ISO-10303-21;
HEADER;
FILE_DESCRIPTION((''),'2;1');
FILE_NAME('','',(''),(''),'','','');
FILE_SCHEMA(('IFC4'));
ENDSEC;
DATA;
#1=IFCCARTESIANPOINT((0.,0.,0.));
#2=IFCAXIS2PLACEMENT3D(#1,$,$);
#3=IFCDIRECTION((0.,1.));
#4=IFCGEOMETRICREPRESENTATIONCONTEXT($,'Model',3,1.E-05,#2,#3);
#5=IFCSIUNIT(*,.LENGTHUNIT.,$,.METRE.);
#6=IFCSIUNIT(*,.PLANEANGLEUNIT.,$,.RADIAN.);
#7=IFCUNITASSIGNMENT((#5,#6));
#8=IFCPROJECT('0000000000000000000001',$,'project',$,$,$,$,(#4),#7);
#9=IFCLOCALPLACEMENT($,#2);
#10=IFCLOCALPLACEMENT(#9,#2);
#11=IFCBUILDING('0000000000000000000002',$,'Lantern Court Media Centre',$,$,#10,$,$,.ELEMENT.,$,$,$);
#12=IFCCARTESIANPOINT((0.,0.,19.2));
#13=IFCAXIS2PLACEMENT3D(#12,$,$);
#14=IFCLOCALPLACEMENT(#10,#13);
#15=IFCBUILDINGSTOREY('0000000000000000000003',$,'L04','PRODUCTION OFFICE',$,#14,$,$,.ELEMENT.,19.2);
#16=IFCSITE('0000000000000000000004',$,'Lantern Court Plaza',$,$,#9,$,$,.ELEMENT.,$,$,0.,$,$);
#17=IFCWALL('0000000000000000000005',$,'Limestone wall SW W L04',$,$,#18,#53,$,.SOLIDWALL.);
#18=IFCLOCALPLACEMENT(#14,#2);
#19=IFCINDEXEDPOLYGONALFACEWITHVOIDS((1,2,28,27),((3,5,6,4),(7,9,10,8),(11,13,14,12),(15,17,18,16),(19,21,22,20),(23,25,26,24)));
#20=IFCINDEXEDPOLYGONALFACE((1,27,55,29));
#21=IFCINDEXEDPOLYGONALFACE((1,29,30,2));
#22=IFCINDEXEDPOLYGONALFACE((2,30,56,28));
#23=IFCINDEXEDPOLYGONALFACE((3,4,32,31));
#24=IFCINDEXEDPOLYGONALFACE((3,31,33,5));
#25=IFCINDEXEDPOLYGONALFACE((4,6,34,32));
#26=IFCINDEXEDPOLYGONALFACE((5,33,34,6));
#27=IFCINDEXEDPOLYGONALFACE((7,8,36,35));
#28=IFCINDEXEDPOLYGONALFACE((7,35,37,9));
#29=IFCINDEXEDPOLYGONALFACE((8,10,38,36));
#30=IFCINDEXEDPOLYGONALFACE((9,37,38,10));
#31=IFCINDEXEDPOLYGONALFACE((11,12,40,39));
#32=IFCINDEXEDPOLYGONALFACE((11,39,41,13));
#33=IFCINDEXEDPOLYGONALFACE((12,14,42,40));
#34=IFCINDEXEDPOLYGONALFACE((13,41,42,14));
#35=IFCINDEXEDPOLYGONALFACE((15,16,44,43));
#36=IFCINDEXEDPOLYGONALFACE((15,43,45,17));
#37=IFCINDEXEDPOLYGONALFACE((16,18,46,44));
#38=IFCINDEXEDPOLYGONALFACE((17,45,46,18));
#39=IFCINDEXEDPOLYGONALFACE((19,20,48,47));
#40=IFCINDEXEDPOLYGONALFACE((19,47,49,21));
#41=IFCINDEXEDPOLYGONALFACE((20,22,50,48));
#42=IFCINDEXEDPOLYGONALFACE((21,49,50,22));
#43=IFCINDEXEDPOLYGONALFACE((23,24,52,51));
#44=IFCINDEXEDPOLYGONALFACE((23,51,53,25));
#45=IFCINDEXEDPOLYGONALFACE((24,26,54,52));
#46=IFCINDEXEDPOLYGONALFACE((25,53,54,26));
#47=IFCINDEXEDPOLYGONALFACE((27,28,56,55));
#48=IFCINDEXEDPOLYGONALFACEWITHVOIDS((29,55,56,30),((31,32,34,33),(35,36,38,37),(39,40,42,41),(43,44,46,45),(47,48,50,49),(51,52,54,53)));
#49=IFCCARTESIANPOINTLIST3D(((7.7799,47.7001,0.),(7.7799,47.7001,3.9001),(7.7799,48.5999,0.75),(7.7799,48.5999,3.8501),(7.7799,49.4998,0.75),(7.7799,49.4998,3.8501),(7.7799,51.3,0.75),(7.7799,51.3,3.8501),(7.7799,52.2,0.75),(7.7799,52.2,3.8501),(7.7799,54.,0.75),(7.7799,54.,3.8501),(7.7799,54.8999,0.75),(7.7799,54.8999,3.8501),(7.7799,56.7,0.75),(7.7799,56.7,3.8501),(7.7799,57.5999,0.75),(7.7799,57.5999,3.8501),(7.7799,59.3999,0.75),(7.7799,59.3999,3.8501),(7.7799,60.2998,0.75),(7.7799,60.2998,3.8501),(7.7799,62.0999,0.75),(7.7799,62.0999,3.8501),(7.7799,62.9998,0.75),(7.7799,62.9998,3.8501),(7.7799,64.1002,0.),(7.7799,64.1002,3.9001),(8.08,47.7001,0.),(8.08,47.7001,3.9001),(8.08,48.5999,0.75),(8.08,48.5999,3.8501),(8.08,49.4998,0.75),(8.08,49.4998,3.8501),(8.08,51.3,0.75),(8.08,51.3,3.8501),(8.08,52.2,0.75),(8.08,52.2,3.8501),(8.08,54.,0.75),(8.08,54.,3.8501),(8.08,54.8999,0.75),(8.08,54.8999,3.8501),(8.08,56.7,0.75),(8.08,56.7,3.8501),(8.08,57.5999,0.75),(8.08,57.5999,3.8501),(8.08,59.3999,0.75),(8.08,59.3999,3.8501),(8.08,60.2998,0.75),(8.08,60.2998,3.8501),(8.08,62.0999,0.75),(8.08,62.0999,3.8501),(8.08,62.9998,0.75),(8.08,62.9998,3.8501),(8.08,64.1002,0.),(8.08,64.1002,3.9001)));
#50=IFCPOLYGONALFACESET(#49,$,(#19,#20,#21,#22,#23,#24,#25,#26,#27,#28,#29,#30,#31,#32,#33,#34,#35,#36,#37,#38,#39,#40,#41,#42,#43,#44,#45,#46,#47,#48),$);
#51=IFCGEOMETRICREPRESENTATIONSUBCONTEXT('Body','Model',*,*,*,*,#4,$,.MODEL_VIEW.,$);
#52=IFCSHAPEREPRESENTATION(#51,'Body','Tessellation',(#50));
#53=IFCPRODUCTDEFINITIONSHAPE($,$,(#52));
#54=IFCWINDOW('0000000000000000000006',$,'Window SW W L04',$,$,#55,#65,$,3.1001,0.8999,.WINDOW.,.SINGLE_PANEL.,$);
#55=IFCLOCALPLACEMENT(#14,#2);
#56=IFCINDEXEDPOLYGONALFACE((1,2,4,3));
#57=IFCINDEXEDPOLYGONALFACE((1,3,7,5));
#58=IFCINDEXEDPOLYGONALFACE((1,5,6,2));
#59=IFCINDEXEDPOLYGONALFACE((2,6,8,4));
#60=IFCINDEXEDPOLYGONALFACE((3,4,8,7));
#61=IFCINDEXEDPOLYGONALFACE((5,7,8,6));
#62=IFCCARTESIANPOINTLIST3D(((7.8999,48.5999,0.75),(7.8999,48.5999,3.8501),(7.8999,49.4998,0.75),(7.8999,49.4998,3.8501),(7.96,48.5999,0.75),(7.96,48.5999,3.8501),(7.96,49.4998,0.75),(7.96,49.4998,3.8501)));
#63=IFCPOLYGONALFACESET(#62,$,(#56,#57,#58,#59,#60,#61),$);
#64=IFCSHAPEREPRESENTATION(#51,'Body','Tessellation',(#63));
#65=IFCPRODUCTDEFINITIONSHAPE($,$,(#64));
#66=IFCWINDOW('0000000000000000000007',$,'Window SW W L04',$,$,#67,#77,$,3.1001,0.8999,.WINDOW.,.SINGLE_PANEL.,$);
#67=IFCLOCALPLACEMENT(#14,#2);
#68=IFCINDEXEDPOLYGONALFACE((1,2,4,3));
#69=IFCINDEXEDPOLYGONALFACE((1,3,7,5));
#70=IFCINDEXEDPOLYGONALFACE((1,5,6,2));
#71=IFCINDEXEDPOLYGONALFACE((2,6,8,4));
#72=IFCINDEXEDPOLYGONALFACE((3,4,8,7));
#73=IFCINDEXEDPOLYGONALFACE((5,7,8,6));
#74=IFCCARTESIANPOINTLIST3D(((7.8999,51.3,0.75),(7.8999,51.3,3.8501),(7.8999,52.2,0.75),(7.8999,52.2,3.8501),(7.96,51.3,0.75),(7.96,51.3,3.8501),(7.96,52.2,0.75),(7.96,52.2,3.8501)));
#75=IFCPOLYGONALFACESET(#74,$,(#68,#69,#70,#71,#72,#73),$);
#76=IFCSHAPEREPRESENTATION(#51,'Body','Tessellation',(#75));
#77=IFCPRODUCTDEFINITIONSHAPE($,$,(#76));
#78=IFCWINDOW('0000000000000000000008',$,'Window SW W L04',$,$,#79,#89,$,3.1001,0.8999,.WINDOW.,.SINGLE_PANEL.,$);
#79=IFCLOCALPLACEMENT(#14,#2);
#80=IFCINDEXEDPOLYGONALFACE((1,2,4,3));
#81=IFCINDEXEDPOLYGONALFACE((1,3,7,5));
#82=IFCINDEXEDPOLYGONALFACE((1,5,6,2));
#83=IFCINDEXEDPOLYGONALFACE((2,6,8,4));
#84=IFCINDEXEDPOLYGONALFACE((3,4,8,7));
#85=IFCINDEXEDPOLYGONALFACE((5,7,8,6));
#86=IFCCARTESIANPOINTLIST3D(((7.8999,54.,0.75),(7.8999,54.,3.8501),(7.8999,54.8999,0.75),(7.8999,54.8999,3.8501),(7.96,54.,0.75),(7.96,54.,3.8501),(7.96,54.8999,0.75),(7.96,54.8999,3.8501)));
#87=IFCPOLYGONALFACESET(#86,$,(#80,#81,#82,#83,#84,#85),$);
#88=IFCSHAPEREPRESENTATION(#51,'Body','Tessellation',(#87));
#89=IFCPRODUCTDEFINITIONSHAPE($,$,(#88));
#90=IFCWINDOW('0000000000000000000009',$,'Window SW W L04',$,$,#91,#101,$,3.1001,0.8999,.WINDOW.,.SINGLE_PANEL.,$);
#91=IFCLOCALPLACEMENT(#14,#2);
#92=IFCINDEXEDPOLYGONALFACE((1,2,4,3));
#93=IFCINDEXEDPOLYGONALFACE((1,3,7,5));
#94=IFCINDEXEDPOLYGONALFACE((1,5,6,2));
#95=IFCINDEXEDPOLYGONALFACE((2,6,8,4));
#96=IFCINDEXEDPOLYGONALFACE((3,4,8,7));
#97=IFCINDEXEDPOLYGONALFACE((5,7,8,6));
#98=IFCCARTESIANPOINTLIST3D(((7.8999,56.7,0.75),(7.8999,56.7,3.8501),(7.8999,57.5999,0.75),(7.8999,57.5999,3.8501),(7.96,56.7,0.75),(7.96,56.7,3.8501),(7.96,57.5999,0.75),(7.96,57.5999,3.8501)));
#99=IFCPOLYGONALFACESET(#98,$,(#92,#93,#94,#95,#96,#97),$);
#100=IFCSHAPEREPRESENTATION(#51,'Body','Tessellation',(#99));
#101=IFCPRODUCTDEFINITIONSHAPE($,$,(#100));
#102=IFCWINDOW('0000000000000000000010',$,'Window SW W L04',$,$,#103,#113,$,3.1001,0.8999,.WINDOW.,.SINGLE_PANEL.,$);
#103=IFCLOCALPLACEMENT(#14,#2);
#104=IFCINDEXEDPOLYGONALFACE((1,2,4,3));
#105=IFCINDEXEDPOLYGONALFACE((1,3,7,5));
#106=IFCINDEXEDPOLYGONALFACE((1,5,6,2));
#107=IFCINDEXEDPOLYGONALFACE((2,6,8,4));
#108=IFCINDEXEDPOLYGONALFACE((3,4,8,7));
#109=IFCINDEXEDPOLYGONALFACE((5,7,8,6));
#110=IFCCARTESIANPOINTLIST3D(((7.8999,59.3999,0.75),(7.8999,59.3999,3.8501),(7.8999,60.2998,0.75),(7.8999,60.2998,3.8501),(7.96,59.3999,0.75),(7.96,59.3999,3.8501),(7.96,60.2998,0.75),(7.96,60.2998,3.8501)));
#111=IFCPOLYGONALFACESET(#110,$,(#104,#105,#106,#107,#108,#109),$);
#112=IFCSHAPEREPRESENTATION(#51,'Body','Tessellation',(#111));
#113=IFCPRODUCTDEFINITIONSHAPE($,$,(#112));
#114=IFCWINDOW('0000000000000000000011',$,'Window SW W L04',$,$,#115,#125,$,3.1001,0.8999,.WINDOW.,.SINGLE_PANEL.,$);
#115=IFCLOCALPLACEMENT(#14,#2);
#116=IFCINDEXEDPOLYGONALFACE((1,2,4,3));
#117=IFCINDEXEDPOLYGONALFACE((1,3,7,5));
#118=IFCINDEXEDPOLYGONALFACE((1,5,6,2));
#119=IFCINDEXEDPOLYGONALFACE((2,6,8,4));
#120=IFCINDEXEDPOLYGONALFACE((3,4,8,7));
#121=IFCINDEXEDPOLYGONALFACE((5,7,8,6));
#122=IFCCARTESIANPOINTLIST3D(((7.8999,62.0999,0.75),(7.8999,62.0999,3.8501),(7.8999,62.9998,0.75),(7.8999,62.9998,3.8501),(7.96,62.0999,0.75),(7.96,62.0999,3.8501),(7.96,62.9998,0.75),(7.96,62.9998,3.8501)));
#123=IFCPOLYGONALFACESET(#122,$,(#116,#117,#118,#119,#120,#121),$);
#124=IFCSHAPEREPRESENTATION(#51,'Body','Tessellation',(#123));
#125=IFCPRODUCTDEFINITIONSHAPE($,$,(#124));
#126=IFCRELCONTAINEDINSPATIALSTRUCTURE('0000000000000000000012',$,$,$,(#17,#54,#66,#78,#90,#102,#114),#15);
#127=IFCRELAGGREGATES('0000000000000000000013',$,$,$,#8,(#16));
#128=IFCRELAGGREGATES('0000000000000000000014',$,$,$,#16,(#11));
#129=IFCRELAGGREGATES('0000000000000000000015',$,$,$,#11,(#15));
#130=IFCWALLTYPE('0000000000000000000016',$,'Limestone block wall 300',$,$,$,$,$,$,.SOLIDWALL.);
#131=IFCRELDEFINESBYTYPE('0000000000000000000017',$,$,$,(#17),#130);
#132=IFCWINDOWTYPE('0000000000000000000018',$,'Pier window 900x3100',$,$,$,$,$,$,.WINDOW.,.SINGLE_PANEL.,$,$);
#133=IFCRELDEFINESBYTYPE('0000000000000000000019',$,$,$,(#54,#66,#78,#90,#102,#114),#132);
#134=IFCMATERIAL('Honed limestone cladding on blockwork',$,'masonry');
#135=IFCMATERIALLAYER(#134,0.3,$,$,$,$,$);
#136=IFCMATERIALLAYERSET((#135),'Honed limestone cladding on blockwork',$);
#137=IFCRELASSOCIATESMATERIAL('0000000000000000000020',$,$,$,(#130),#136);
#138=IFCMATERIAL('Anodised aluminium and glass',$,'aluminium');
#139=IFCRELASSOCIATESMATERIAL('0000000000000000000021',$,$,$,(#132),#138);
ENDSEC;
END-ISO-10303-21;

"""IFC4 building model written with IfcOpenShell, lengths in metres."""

from ifc_helpers import new_model, si_unit, direction, frame, frame_2d, origin, place, context, subcontext, project, spatial, rectangle, extrude, material, layer, layer_set, type_object, element, fill, save


model = new_model("IFC4")

# Units and contexts
model_context = context("Model", 3, precision=1e-05, world=origin(), true_north=direction((0.0, 1.0)))
body_context = subcontext(model_context, "Body", "Model", "MODEL_VIEW")
ifc_project = project(units=[si_unit("LENGTHUNIT", "METRE"), si_unit("PLANEANGLEUNIT", "RADIAN")], contexts=[model_context])

# Site, building, storey
site_placement = place(None, origin())
site = spatial("IfcSite", under=ifc_project, at=site_placement, Name="Lantern Court Plaza", CompositionType="ELEMENT", RefElevation=0.0)
building_placement = place(site_placement, origin())
building = spatial("IfcBuilding", under=site, at=building_placement, Name="Lantern Court Media Centre", CompositionType="ELEMENT")
storey_placement = place(building_placement, frame((0.0, 0.0, 19.2)))
storey = spatial("IfcBuildingStorey", under=building, at=storey_placement, Name="L04", Description="PRODUCTION OFFICE", CompositionType="ELEMENT", Elevation=19.2)

# Wall, openings, windows
ifc_material_1 = material(Name="Honed limestone cladding on blockwork", Category="masonry")
ifc_layer_1 = layer(ifc_material_1, 0.3)
ifc_layer_set_1 = layer_set([ifc_layer_1], Name="Honed limestone cladding on blockwork")
wall_type_1 = type_object("IfcWallType", Name="Limestone block wall 300", PredefinedType="SOLIDWALL", material=ifc_layer_set_1)
wall_1_placement = place(storey_placement, frame((7.9299, 47.7, 0.0), z_axis=(0.0, 0.0, 1.0), x_axis=(0.0, 1.0, 0.0)))
wall_1 = element("IfcWall", 1, at=wall_1_placement, inside=storey, type_object=wall_type_1, Name="Limestone wall SW W L04", PredefinedType="SOLIDWALL", context=body_context, shape_type="SweptSolid", body=[
    extrude(rectangle(XDim=16.4001, YDim=0.3, at=frame_2d((8.2002, 0.0))), origin(), (0.0, 0.0, 1.0), 3.9001),
])
opening_1_placement = place(wall_1_placement, frame((0.8999, 0.0, 0.75)))
opening_1 = element("IfcOpeningElement", 2, at=opening_1_placement, cuts=wall_1, PredefinedType="OPENING", context=body_context, shape_type="SweptSolid", body=[
    extrude(rectangle(XDim=0.8999, YDim=3.1001, at=frame_2d((0.45, 1.55))), frame((0.0, 0.1599, 0.0), z_axis=(0.0, -1.0, 0.0), x_axis=(1.0, 0.0, 0.0)), (0.0, 0.0, 1.0), 0.3201),
])
opening_2_placement = place(wall_1_placement, frame((3.6001, 0.0, 0.75)))
opening_2 = element("IfcOpeningElement", 3, at=opening_2_placement, cuts=wall_1, PredefinedType="OPENING", context=body_context, shape_type="SweptSolid", body=[
    extrude(rectangle(XDim=0.8999, YDim=3.1001, at=frame_2d((0.45, 1.55))), frame((0.0, 0.1599, 0.0), z_axis=(0.0, -1.0, 0.0), x_axis=(1.0, 0.0, 0.0)), (0.0, 0.0, 1.0), 0.3201),
])
opening_3_placement = place(wall_1_placement, frame((6.3, 0.0, 0.75)))
opening_3 = element("IfcOpeningElement", 4, at=opening_3_placement, cuts=wall_1, PredefinedType="OPENING", context=body_context, shape_type="SweptSolid", body=[
    extrude(rectangle(XDim=0.8999, YDim=3.1001, at=frame_2d((0.45, 1.55))), frame((0.0, 0.1599, 0.0), z_axis=(0.0, -1.0, 0.0), x_axis=(1.0, 0.0, 0.0)), (0.0, 0.0, 1.0), 0.3201),
])
opening_4_placement = place(wall_1_placement, frame((9.0, 0.0, 0.75)))
opening_4 = element("IfcOpeningElement", 5, at=opening_4_placement, cuts=wall_1, PredefinedType="OPENING", context=body_context, shape_type="SweptSolid", body=[
    extrude(rectangle(XDim=0.8999, YDim=3.1001, at=frame_2d((0.45, 1.55))), frame((0.0, 0.1599, 0.0), z_axis=(0.0, -1.0, 0.0), x_axis=(1.0, 0.0, 0.0)), (0.0, 0.0, 1.0), 0.3201),
])
opening_5_placement = place(wall_1_placement, frame((11.7, 0.0, 0.75)))
opening_5 = element("IfcOpeningElement", 6, at=opening_5_placement, cuts=wall_1, PredefinedType="OPENING", context=body_context, shape_type="SweptSolid", body=[
    extrude(rectangle(XDim=0.8999, YDim=3.1001, at=frame_2d((0.45, 1.55))), frame((0.0, 0.1599, 0.0), z_axis=(0.0, -1.0, 0.0), x_axis=(1.0, 0.0, 0.0)), (0.0, 0.0, 1.0), 0.3201),
])
opening_6_placement = place(wall_1_placement, frame((14.3999, 0.0, 0.75)))
opening_6 = element("IfcOpeningElement", 7, at=opening_6_placement, cuts=wall_1, PredefinedType="OPENING", context=body_context, shape_type="SweptSolid", body=[
    extrude(rectangle(XDim=0.8999, YDim=3.1001, at=frame_2d((0.45, 1.55))), frame((0.0, 0.1599, 0.0), z_axis=(0.0, -1.0, 0.0), x_axis=(1.0, 0.0, 0.0)), (0.0, 0.0, 1.0), 0.3201),
])
ifc_material_2 = material(Name="Anodised aluminium and glass", Category="aluminium")
window_type_1 = type_object("IfcWindowType", Name="Pier window 900x3100", PartitioningType="SINGLE_PANEL", PredefinedType="WINDOW", material=ifc_material_2)
window_1_placement = place(opening_1_placement, origin())
window_1 = element("IfcWindow", 8, at=window_1_placement, inside=storey, type_object=window_type_1, Name="Window SW W L04", OverallHeight=3.1001, OverallWidth=0.8999, PartitioningType="SINGLE_PANEL", PredefinedType="WINDOW", context=body_context, shape_type="SweptSolid", body=[
    extrude(rectangle(XDim=0.8999, YDim=3.1001, at=frame_2d((0.45, 1.55))), frame((0.0, 0.03, 0.0), z_axis=(0.0, -1.0, 0.0), x_axis=(1.0, 0.0, 0.0)), (0.0, 0.0, 1.0), 0.0601),
])
fill(opening_1, window_1)
window_2_placement = place(opening_2_placement, origin())
window_2 = element("IfcWindow", 9, at=window_2_placement, inside=storey, type_object=window_type_1, Name="Window SW W L04", OverallHeight=3.1001, OverallWidth=0.8999, PartitioningType="SINGLE_PANEL", PredefinedType="WINDOW", context=body_context, shape_type="SweptSolid", body=[
    extrude(rectangle(XDim=0.8999, YDim=3.1001, at=frame_2d((0.45, 1.55))), frame((0.0, 0.03, 0.0), z_axis=(0.0, -1.0, 0.0), x_axis=(1.0, 0.0, 0.0)), (0.0, 0.0, 1.0), 0.0601),
])
fill(opening_2, window_2)
window_3_placement = place(opening_3_placement, origin())
window_3 = element("IfcWindow", 10, at=window_3_placement, inside=storey, type_object=window_type_1, Name="Window SW W L04", OverallHeight=3.1001, OverallWidth=0.8999, PartitioningType="SINGLE_PANEL", PredefinedType="WINDOW", context=body_context, shape_type="SweptSolid", body=[
    extrude(rectangle(XDim=0.8999, YDim=3.1001, at=frame_2d((0.45, 1.55))), frame((0.0, 0.03, 0.0), z_axis=(0.0, -1.0, 0.0), x_axis=(1.0, 0.0, 0.0)), (0.0, 0.0, 1.0), 0.0601),
])
fill(opening_3, window_3)
window_4_placement = place(opening_4_placement, origin())
window_4 = element("IfcWindow", 11, at=window_4_placement, inside=storey, type_object=window_type_1, Name="Window SW W L04", OverallHeight=3.1001, OverallWidth=0.8999, PartitioningType="SINGLE_PANEL", PredefinedType="WINDOW", context=body_context, shape_type="SweptSolid", body=[
    extrude(rectangle(XDim=0.8999, YDim=3.1001, at=frame_2d((0.45, 1.55))), frame((0.0, 0.03, 0.0), z_axis=(0.0, -1.0, 0.0), x_axis=(1.0, 0.0, 0.0)), (0.0, 0.0, 1.0), 0.0601),
])
fill(opening_4, window_4)
window_5_placement = place(opening_5_placement, origin())
window_5 = element("IfcWindow", 12, at=window_5_placement, inside=storey, type_object=window_type_1, Name="Window SW W L04", OverallHeight=3.1001, OverallWidth=0.8999, PartitioningType="SINGLE_PANEL", PredefinedType="WINDOW", context=body_context, shape_type="SweptSolid", body=[
    extrude(rectangle(XDim=0.8999, YDim=3.1001, at=frame_2d((0.45, 1.55))), frame((0.0, 0.03, 0.0), z_axis=(0.0, -1.0, 0.0), x_axis=(1.0, 0.0, 0.0)), (0.0, 0.0, 1.0), 0.0601),
])
fill(opening_5, window_5)
window_6_placement = place(opening_6_placement, origin())
window_6 = element("IfcWindow", 13, at=window_6_placement, inside=storey, type_object=window_type_1, Name="Window SW W L04", OverallHeight=3.1001, OverallWidth=0.8999, PartitioningType="SINGLE_PANEL", PredefinedType="WINDOW", context=body_context, shape_type="SweptSolid", body=[
    extrude(rectangle(XDim=0.8999, YDim=3.1001, at=frame_2d((0.45, 1.55))), frame((0.0, 0.03, 0.0), z_axis=(0.0, -1.0, 0.0), x_axis=(1.0, 0.0, 0.0)), (0.0, 0.0, 1.0), 0.0601),
])
fill(opening_6, window_6)

save(model, "model.ifc")
